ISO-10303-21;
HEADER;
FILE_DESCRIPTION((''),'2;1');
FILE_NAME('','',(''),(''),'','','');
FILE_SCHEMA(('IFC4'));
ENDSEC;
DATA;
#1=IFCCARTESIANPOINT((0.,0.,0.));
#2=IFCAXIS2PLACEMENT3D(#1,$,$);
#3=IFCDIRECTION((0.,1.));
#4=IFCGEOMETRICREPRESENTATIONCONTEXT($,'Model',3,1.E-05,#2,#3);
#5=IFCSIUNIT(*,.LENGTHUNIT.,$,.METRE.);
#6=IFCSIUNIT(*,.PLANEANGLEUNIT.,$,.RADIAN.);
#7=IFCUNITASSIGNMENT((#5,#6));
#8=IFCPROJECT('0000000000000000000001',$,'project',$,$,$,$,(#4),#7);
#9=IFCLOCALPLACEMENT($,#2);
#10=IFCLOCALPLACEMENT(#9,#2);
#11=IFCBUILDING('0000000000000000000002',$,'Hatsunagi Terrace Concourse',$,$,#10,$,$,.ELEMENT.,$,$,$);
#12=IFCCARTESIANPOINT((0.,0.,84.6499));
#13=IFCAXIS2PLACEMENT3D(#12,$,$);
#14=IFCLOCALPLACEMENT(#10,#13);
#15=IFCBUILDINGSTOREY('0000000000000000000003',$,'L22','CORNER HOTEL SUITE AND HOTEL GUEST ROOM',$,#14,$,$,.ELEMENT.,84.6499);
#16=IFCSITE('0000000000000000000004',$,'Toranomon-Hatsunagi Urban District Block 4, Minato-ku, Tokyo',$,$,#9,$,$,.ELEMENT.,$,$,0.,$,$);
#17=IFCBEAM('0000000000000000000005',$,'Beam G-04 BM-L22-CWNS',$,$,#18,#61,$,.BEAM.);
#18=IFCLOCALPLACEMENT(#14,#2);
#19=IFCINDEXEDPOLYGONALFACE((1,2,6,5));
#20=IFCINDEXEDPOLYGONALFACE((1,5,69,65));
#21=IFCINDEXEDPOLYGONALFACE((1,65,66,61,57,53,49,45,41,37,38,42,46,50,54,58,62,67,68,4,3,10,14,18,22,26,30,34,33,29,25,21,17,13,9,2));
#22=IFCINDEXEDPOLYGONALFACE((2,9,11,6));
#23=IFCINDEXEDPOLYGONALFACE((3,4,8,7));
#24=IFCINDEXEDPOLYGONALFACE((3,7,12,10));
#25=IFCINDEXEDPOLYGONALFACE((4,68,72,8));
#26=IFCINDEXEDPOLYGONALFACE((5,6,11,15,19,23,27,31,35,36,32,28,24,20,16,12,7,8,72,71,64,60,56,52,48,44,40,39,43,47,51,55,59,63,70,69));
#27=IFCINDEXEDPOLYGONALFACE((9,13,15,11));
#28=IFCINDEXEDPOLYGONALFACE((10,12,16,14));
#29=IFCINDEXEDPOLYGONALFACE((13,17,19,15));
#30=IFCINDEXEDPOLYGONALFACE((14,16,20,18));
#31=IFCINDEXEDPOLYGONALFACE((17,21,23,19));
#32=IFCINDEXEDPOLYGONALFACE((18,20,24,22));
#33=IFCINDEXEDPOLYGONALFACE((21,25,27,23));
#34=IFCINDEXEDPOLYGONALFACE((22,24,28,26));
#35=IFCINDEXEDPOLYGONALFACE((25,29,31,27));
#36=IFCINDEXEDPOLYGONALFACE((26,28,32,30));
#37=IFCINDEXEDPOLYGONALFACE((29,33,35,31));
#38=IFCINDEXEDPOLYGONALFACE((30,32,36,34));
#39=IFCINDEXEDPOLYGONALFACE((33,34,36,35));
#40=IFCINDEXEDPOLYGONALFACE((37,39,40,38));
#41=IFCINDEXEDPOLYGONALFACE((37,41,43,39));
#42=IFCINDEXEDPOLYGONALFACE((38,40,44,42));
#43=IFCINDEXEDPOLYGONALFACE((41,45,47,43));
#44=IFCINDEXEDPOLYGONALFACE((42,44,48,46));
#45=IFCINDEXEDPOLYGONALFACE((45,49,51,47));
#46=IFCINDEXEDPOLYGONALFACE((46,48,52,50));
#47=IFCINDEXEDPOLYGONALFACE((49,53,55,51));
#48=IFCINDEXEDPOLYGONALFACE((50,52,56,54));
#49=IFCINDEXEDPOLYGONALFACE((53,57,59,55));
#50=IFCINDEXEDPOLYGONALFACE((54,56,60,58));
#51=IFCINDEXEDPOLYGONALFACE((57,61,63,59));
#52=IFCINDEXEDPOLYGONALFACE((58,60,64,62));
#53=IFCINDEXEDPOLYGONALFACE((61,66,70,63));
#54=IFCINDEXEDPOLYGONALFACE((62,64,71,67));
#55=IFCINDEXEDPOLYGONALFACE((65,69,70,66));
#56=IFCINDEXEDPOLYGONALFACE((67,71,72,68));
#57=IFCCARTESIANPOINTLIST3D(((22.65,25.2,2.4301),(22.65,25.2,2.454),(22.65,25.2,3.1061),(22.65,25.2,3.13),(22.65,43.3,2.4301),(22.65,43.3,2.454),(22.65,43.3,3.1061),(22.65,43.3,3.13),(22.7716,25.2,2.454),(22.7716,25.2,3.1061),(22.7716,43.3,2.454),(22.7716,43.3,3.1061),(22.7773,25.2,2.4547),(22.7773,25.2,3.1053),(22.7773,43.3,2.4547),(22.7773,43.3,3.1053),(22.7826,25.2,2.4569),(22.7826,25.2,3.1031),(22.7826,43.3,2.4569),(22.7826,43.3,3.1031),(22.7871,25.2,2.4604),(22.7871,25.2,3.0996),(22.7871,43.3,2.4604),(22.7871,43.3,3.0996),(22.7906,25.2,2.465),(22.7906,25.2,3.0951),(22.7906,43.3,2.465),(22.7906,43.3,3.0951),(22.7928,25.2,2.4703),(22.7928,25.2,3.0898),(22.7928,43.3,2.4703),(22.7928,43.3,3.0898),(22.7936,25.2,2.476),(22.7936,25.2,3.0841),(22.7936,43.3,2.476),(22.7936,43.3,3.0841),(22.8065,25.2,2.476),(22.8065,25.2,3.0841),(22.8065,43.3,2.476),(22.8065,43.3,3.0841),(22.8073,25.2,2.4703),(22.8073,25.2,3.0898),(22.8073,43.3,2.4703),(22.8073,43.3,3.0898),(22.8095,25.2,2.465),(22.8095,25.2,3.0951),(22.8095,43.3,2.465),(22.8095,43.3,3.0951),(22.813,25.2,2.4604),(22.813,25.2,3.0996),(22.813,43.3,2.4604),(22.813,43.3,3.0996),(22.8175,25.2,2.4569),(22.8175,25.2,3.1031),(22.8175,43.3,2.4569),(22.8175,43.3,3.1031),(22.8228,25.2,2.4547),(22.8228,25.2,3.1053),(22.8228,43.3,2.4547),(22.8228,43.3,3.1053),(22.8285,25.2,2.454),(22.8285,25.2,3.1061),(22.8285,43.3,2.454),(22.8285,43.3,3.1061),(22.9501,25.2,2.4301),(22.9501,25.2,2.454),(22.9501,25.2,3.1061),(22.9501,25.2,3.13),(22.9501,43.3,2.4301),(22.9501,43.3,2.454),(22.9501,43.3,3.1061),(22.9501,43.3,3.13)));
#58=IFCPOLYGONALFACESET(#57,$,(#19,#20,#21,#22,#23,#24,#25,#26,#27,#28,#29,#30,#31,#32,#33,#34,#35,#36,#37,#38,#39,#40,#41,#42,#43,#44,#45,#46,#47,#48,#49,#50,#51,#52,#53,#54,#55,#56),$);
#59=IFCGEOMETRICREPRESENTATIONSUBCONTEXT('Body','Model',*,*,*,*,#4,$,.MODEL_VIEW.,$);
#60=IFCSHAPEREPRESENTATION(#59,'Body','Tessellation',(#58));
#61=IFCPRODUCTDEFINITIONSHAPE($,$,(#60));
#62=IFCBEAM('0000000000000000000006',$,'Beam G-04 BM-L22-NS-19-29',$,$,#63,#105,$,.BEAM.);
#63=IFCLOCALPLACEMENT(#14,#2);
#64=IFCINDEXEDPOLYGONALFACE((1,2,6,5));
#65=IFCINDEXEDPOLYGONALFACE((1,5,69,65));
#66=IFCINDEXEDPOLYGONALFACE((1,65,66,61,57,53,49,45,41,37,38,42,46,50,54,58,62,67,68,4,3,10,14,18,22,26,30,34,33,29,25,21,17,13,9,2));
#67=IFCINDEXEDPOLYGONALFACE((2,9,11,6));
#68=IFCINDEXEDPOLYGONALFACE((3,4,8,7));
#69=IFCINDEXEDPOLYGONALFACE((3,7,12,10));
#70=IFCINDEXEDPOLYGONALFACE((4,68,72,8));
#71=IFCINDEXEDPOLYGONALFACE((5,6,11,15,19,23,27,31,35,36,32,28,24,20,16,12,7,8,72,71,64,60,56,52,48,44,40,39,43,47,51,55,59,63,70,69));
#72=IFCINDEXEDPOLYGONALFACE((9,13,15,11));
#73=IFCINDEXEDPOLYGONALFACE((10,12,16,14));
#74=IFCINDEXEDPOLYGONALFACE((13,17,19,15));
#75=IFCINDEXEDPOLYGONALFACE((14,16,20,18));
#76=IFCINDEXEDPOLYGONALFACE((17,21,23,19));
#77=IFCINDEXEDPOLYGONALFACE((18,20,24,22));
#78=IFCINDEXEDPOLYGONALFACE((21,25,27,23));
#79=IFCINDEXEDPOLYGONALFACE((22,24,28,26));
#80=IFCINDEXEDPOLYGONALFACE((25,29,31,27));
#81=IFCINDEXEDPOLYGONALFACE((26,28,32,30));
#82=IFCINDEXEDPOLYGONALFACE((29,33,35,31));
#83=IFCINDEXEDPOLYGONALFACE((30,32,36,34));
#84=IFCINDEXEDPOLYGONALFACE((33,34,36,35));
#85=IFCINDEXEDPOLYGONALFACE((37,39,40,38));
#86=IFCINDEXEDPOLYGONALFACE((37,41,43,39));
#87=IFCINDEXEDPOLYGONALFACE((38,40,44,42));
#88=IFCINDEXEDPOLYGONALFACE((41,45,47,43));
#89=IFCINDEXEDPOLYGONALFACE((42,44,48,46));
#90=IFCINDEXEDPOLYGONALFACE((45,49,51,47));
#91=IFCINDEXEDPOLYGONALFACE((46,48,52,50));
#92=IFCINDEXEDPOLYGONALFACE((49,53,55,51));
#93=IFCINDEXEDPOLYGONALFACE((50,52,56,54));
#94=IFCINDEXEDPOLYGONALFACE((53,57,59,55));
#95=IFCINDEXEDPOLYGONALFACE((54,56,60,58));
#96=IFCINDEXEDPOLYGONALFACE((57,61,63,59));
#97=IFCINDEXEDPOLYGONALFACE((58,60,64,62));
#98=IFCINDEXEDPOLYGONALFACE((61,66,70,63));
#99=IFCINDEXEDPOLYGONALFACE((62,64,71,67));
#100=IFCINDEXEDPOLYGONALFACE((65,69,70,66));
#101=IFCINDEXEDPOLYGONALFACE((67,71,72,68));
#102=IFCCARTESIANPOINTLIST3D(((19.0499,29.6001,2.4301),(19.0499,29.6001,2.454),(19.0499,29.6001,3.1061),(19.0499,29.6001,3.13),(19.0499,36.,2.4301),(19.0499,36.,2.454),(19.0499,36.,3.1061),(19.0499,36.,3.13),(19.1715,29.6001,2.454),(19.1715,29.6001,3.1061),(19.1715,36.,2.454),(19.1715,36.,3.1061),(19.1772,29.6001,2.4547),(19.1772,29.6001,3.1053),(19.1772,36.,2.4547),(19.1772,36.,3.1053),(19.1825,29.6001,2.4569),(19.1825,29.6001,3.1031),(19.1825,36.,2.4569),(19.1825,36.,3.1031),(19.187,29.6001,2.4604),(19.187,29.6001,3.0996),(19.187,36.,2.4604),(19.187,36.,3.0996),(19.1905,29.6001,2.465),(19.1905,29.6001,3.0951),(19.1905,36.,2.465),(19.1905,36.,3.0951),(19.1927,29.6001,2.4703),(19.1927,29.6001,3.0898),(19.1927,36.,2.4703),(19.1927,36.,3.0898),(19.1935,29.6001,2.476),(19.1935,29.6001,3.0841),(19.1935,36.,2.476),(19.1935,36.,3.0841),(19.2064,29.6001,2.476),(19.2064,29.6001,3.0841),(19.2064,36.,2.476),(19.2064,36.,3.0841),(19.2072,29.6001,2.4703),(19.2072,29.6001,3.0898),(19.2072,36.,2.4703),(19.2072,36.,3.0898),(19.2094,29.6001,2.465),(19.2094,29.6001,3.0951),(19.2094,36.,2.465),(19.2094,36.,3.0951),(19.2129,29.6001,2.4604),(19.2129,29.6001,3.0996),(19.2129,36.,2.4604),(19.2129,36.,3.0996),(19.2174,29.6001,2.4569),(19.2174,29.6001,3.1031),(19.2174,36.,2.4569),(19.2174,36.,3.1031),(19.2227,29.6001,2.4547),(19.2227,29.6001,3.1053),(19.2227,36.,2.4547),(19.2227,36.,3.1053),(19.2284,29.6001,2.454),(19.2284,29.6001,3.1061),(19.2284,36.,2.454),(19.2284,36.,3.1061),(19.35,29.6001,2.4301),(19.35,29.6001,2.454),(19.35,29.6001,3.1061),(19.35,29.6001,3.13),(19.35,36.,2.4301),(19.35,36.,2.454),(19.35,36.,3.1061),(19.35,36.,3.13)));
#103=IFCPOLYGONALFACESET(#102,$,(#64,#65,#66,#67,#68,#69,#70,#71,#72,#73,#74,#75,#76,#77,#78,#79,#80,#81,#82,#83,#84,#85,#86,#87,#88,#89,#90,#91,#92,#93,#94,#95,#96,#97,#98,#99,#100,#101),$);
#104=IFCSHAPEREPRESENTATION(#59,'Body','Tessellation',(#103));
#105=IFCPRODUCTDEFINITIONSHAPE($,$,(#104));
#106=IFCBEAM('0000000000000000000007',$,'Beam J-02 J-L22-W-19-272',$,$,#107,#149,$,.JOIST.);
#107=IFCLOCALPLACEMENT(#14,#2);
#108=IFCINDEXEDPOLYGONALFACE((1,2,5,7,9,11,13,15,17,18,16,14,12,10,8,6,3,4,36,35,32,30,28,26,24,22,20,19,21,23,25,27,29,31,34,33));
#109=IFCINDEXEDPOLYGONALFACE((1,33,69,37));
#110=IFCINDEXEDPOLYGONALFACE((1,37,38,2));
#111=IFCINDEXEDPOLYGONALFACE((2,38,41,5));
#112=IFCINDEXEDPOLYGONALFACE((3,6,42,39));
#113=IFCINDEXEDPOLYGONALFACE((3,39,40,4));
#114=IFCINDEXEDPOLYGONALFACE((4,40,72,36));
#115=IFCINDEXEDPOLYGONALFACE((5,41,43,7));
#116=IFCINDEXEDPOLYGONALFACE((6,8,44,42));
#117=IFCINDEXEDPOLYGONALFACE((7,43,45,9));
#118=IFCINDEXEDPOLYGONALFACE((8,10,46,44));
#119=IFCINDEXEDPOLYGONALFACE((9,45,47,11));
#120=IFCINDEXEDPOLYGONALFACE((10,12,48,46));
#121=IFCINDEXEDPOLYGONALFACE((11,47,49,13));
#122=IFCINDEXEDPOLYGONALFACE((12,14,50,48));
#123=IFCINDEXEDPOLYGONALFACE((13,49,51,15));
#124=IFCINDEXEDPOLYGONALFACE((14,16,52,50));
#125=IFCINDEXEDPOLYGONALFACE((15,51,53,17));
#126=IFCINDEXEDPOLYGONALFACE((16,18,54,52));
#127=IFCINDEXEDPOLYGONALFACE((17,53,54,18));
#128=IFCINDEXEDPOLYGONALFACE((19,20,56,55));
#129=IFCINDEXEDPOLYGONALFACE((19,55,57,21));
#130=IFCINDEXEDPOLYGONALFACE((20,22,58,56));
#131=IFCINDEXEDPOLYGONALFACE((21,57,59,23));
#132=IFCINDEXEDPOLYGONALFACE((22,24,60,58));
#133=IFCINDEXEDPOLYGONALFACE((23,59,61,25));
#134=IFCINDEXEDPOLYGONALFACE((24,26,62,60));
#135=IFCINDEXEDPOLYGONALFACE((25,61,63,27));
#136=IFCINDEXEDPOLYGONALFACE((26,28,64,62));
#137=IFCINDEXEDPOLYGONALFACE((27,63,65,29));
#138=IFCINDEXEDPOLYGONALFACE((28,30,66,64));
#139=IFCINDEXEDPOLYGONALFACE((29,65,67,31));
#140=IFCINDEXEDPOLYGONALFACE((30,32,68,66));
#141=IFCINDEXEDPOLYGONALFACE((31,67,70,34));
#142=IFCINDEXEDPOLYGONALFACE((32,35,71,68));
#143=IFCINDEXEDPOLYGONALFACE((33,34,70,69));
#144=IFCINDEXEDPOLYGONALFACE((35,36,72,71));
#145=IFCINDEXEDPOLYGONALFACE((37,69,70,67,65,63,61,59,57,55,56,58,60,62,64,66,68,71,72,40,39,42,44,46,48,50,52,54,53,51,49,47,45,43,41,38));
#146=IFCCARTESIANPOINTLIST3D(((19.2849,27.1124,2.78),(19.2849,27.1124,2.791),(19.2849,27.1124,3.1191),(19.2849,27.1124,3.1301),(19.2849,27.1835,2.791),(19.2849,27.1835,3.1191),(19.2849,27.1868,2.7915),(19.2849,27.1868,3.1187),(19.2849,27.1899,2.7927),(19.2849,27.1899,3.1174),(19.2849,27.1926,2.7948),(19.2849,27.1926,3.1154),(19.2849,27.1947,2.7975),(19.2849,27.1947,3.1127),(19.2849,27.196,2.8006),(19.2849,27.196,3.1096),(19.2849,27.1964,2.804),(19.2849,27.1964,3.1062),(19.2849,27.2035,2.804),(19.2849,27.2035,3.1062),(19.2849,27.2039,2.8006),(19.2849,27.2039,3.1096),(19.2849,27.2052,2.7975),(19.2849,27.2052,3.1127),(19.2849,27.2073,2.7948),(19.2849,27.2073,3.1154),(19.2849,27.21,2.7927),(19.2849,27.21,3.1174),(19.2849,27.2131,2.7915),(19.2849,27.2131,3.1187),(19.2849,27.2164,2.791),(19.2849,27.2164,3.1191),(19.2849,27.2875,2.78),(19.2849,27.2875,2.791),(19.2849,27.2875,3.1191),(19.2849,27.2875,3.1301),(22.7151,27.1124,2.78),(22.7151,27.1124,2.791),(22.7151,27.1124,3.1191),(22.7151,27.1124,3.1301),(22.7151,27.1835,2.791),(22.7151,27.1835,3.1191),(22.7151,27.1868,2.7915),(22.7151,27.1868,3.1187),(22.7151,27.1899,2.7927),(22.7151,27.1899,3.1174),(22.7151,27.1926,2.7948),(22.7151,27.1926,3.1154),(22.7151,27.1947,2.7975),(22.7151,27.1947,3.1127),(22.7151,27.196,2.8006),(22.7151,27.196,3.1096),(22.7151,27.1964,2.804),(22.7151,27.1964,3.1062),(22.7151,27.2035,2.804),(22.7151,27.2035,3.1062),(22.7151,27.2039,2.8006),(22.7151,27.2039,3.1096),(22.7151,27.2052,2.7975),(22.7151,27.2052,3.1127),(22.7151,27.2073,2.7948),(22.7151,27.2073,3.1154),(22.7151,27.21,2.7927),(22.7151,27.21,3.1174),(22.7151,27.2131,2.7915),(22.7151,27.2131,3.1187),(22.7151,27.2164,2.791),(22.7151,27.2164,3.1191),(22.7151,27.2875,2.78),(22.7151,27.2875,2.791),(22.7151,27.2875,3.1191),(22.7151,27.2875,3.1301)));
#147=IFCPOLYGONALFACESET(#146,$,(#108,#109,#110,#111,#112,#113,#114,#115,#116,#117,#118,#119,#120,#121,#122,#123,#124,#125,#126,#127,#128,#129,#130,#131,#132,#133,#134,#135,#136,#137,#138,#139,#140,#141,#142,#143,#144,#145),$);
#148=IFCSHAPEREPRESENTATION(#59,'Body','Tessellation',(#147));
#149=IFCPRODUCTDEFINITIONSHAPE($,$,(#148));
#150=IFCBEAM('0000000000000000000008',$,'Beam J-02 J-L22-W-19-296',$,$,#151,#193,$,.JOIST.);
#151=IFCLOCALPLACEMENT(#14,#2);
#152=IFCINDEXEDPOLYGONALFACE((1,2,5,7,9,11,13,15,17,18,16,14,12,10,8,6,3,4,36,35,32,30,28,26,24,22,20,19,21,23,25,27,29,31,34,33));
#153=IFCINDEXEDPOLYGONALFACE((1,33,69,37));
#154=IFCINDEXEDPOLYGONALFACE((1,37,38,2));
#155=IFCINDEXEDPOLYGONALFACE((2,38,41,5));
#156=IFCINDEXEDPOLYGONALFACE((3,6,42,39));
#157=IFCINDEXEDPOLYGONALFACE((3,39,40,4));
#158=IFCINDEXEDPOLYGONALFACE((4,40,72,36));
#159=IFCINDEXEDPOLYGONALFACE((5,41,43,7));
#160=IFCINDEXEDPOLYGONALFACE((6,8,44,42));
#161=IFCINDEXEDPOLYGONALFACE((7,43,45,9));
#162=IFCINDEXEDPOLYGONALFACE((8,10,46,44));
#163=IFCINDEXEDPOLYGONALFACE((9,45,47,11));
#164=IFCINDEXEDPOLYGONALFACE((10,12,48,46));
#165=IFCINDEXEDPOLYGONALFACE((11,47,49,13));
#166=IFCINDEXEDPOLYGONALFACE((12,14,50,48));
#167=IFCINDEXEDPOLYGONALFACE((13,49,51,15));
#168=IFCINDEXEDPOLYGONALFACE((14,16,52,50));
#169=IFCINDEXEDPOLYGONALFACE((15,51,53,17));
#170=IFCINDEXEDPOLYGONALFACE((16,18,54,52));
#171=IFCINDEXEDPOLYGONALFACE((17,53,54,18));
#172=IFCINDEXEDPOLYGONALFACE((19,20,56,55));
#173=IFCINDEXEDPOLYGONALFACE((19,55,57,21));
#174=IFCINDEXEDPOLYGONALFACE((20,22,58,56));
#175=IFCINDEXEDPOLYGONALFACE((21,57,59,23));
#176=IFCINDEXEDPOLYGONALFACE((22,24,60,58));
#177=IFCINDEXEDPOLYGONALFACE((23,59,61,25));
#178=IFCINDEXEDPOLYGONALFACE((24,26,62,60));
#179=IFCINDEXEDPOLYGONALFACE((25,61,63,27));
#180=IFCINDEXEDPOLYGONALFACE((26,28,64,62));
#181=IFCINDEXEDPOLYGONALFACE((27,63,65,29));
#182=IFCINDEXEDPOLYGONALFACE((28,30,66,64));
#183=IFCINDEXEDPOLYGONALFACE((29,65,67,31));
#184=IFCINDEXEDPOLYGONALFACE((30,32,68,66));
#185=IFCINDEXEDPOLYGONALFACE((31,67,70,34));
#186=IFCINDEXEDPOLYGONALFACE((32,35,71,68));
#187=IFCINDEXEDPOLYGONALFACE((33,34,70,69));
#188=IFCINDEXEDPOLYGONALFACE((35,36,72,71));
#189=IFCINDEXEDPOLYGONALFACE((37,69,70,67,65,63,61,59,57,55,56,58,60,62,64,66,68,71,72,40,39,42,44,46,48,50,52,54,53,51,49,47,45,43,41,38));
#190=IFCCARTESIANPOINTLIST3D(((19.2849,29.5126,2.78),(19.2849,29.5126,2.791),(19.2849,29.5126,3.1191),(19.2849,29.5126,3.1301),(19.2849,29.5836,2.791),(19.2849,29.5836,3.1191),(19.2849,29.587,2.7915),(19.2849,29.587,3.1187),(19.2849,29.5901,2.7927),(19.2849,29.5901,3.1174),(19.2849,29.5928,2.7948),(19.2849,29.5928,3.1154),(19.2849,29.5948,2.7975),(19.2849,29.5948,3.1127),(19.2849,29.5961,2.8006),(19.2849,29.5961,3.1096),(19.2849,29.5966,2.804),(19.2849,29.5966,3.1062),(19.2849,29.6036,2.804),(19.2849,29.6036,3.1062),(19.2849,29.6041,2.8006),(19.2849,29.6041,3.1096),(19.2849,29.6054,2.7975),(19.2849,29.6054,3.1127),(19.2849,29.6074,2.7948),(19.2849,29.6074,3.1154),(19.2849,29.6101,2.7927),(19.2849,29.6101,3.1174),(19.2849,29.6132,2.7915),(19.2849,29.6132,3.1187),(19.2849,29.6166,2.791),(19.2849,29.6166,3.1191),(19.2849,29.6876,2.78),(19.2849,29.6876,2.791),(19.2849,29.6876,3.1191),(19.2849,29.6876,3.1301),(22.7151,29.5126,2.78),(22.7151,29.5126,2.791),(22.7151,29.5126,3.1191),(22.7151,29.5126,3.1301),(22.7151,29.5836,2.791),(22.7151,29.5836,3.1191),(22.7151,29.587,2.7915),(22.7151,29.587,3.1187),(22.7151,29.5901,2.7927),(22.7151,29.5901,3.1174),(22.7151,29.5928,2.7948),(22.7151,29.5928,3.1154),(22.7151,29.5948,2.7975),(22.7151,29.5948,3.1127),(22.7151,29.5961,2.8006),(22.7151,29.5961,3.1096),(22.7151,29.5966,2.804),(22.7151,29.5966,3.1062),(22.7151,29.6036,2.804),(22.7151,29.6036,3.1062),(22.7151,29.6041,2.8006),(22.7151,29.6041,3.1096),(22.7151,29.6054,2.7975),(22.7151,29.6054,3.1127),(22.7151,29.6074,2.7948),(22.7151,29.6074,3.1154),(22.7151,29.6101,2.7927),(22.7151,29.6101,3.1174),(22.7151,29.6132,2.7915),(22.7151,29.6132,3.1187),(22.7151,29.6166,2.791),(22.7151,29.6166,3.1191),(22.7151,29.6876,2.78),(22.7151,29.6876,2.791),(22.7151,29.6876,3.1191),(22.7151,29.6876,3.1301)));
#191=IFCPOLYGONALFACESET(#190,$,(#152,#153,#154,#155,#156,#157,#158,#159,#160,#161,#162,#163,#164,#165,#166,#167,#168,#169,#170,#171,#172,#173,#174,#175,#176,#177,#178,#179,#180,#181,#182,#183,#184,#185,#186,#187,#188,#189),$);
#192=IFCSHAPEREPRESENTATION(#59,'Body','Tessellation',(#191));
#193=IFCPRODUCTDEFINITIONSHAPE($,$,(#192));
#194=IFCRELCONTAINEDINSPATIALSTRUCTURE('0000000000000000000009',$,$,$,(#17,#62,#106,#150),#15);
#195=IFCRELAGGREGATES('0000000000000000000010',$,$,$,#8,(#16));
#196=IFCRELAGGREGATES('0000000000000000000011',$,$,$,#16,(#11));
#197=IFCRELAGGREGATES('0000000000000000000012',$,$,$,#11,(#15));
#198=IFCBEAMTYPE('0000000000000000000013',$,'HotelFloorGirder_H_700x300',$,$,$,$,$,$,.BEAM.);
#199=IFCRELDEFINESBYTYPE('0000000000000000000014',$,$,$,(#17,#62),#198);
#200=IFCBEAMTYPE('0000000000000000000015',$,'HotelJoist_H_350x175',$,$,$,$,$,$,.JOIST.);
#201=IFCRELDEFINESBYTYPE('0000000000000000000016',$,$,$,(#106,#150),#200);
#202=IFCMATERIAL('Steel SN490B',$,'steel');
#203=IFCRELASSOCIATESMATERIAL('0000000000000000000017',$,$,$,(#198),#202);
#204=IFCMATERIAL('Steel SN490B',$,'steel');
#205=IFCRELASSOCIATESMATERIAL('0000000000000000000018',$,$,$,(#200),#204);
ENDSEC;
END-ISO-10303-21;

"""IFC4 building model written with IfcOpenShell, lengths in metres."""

from ifc_helpers import new_model, si_unit, direction, frame, origin, origin_2d, place, context, subcontext, project, spatial, i_section, extrude, material, material_profile, profile_set, type_object, element, save


model = new_model("IFC4")

# Units and contexts
model_context = context("Model", 3, precision=1e-05, world=origin(), true_north=direction((0.0, 1.0)))
body_context = subcontext(model_context, "Body", "Model", "MODEL_VIEW")
ifc_project = project(units=[si_unit("LENGTHUNIT", "METRE"), si_unit("PLANEANGLEUNIT", "RADIAN")], contexts=[model_context])

# Site, building, storey
site_placement = place(None, origin())
site = spatial("IfcSite", under=ifc_project, at=site_placement, Name="Toranomon-Hatsunagi Urban District Block 4, Minato-ku, Tokyo", CompositionType="ELEMENT", RefElevation=0.0)
building_placement = place(site_placement, origin())
building = spatial("IfcBuilding", under=site, at=building_placement, Name="Hatsunagi Terrace Concourse", CompositionType="ELEMENT")
storey_placement = place(building_placement, frame((0.0, 0.0, 84.6499)))
storey = spatial("IfcBuildingStorey", under=building, at=storey_placement, Name="L22", Description="CORNER HOTEL SUITE AND HOTEL GUEST ROOM", CompositionType="ELEMENT", Elevation=84.6499)

# Beams
ifc_material_1 = material(Name="Steel SN490B", Category="steel")
ifc_material_profile_1 = material_profile(ifc_material_1, i_section(OverallWidth=0.3, OverallDepth=0.7, WebThickness=0.0129, FlangeThickness=0.0239, FilletRadius=0.022, at=origin_2d()), Name="H-700x300x13x24")
ifc_profile_set_1 = profile_set([ifc_material_profile_1], Name="Steel SN490B")
beam_type_1 = type_object("IfcBeamType", Name="HotelFloorGirder_H_700x300", PredefinedType="BEAM", material=ifc_profile_set_1)
beam_1_placement = place(storey_placement, frame((22.8, 25.2, 2.78), z_axis=(0.0, 1.0, 0.0), x_axis=(-1.0, 0.0, 0.0)))
element("IfcBeam", 1, at=beam_1_placement, inside=storey, type_object=beam_type_1, Name="Beam G-04 BM-L22-CWNS", PredefinedType="BEAM", context=body_context, shape_type="SweptSolid", body=[
    extrude(i_section(OverallWidth=0.3, OverallDepth=0.7, WebThickness=0.0129, FlangeThickness=0.0239, FilletRadius=0.022, at=origin_2d()), origin(), (0.0, 0.0, 1.0), 18.1001),
])
beam_2_placement = place(storey_placement, frame((19.2, 29.6001, 2.78), z_axis=(0.0, 1.0, 0.0), x_axis=(-1.0, 0.0, 0.0)))
element("IfcBeam", 2, at=beam_2_placement, inside=storey, type_object=beam_type_1, Name="Beam G-04 BM-L22-NS-19-29", PredefinedType="BEAM", context=body_context, shape_type="SweptSolid", body=[
    extrude(i_section(OverallWidth=0.3, OverallDepth=0.7, WebThickness=0.0129, FlangeThickness=0.0239, FilletRadius=0.022, at=origin_2d()), origin(), (0.0, 0.0, 1.0), 6.3999),
])
ifc_material_2 = material(Name="Steel SN490B", Category="steel")
ifc_material_profile_2 = material_profile(ifc_material_2, i_section(OverallWidth=0.175, OverallDepth=0.3501, WebThickness=0.0071, FlangeThickness=0.011, FilletRadius=0.0129, at=origin_2d()), Name="H-350x175x7x11")
ifc_profile_set_2 = profile_set([ifc_material_profile_2], Name="Steel SN490B")
beam_type_2 = type_object("IfcBeamType", Name="HotelJoist_H_350x175", PredefinedType="JOIST", material=ifc_profile_set_2)
for number, where, z_axis, x_axis, name in (
    (3, (19.2849, 27.2, 2.9551), (1.0, 0.0, 0.0), (0.0, 1.0, 0.0), "Beam J-02 J-L22-W-19-272"),
    (4, (19.2849, 29.6001, 2.9551), (1.0, 0.0, 0.0), (0.0, 1.0, 0.0), "Beam J-02 J-L22-W-19-296"),
):
    element("IfcBeam", number, at=place(storey_placement, frame(where, z_axis=z_axis, x_axis=x_axis)), inside=storey, type_object=beam_type_2, Name=name, PredefinedType="JOIST", context=body_context, shape_type="SweptSolid", body=[
        extrude(i_section(OverallWidth=0.175, OverallDepth=0.3501, WebThickness=0.0071, FlangeThickness=0.011, FilletRadius=0.0129, at=origin_2d()), origin(), (0.0, 0.0, 1.0), 3.4302),
    ])

save(model, "model.ifc")
